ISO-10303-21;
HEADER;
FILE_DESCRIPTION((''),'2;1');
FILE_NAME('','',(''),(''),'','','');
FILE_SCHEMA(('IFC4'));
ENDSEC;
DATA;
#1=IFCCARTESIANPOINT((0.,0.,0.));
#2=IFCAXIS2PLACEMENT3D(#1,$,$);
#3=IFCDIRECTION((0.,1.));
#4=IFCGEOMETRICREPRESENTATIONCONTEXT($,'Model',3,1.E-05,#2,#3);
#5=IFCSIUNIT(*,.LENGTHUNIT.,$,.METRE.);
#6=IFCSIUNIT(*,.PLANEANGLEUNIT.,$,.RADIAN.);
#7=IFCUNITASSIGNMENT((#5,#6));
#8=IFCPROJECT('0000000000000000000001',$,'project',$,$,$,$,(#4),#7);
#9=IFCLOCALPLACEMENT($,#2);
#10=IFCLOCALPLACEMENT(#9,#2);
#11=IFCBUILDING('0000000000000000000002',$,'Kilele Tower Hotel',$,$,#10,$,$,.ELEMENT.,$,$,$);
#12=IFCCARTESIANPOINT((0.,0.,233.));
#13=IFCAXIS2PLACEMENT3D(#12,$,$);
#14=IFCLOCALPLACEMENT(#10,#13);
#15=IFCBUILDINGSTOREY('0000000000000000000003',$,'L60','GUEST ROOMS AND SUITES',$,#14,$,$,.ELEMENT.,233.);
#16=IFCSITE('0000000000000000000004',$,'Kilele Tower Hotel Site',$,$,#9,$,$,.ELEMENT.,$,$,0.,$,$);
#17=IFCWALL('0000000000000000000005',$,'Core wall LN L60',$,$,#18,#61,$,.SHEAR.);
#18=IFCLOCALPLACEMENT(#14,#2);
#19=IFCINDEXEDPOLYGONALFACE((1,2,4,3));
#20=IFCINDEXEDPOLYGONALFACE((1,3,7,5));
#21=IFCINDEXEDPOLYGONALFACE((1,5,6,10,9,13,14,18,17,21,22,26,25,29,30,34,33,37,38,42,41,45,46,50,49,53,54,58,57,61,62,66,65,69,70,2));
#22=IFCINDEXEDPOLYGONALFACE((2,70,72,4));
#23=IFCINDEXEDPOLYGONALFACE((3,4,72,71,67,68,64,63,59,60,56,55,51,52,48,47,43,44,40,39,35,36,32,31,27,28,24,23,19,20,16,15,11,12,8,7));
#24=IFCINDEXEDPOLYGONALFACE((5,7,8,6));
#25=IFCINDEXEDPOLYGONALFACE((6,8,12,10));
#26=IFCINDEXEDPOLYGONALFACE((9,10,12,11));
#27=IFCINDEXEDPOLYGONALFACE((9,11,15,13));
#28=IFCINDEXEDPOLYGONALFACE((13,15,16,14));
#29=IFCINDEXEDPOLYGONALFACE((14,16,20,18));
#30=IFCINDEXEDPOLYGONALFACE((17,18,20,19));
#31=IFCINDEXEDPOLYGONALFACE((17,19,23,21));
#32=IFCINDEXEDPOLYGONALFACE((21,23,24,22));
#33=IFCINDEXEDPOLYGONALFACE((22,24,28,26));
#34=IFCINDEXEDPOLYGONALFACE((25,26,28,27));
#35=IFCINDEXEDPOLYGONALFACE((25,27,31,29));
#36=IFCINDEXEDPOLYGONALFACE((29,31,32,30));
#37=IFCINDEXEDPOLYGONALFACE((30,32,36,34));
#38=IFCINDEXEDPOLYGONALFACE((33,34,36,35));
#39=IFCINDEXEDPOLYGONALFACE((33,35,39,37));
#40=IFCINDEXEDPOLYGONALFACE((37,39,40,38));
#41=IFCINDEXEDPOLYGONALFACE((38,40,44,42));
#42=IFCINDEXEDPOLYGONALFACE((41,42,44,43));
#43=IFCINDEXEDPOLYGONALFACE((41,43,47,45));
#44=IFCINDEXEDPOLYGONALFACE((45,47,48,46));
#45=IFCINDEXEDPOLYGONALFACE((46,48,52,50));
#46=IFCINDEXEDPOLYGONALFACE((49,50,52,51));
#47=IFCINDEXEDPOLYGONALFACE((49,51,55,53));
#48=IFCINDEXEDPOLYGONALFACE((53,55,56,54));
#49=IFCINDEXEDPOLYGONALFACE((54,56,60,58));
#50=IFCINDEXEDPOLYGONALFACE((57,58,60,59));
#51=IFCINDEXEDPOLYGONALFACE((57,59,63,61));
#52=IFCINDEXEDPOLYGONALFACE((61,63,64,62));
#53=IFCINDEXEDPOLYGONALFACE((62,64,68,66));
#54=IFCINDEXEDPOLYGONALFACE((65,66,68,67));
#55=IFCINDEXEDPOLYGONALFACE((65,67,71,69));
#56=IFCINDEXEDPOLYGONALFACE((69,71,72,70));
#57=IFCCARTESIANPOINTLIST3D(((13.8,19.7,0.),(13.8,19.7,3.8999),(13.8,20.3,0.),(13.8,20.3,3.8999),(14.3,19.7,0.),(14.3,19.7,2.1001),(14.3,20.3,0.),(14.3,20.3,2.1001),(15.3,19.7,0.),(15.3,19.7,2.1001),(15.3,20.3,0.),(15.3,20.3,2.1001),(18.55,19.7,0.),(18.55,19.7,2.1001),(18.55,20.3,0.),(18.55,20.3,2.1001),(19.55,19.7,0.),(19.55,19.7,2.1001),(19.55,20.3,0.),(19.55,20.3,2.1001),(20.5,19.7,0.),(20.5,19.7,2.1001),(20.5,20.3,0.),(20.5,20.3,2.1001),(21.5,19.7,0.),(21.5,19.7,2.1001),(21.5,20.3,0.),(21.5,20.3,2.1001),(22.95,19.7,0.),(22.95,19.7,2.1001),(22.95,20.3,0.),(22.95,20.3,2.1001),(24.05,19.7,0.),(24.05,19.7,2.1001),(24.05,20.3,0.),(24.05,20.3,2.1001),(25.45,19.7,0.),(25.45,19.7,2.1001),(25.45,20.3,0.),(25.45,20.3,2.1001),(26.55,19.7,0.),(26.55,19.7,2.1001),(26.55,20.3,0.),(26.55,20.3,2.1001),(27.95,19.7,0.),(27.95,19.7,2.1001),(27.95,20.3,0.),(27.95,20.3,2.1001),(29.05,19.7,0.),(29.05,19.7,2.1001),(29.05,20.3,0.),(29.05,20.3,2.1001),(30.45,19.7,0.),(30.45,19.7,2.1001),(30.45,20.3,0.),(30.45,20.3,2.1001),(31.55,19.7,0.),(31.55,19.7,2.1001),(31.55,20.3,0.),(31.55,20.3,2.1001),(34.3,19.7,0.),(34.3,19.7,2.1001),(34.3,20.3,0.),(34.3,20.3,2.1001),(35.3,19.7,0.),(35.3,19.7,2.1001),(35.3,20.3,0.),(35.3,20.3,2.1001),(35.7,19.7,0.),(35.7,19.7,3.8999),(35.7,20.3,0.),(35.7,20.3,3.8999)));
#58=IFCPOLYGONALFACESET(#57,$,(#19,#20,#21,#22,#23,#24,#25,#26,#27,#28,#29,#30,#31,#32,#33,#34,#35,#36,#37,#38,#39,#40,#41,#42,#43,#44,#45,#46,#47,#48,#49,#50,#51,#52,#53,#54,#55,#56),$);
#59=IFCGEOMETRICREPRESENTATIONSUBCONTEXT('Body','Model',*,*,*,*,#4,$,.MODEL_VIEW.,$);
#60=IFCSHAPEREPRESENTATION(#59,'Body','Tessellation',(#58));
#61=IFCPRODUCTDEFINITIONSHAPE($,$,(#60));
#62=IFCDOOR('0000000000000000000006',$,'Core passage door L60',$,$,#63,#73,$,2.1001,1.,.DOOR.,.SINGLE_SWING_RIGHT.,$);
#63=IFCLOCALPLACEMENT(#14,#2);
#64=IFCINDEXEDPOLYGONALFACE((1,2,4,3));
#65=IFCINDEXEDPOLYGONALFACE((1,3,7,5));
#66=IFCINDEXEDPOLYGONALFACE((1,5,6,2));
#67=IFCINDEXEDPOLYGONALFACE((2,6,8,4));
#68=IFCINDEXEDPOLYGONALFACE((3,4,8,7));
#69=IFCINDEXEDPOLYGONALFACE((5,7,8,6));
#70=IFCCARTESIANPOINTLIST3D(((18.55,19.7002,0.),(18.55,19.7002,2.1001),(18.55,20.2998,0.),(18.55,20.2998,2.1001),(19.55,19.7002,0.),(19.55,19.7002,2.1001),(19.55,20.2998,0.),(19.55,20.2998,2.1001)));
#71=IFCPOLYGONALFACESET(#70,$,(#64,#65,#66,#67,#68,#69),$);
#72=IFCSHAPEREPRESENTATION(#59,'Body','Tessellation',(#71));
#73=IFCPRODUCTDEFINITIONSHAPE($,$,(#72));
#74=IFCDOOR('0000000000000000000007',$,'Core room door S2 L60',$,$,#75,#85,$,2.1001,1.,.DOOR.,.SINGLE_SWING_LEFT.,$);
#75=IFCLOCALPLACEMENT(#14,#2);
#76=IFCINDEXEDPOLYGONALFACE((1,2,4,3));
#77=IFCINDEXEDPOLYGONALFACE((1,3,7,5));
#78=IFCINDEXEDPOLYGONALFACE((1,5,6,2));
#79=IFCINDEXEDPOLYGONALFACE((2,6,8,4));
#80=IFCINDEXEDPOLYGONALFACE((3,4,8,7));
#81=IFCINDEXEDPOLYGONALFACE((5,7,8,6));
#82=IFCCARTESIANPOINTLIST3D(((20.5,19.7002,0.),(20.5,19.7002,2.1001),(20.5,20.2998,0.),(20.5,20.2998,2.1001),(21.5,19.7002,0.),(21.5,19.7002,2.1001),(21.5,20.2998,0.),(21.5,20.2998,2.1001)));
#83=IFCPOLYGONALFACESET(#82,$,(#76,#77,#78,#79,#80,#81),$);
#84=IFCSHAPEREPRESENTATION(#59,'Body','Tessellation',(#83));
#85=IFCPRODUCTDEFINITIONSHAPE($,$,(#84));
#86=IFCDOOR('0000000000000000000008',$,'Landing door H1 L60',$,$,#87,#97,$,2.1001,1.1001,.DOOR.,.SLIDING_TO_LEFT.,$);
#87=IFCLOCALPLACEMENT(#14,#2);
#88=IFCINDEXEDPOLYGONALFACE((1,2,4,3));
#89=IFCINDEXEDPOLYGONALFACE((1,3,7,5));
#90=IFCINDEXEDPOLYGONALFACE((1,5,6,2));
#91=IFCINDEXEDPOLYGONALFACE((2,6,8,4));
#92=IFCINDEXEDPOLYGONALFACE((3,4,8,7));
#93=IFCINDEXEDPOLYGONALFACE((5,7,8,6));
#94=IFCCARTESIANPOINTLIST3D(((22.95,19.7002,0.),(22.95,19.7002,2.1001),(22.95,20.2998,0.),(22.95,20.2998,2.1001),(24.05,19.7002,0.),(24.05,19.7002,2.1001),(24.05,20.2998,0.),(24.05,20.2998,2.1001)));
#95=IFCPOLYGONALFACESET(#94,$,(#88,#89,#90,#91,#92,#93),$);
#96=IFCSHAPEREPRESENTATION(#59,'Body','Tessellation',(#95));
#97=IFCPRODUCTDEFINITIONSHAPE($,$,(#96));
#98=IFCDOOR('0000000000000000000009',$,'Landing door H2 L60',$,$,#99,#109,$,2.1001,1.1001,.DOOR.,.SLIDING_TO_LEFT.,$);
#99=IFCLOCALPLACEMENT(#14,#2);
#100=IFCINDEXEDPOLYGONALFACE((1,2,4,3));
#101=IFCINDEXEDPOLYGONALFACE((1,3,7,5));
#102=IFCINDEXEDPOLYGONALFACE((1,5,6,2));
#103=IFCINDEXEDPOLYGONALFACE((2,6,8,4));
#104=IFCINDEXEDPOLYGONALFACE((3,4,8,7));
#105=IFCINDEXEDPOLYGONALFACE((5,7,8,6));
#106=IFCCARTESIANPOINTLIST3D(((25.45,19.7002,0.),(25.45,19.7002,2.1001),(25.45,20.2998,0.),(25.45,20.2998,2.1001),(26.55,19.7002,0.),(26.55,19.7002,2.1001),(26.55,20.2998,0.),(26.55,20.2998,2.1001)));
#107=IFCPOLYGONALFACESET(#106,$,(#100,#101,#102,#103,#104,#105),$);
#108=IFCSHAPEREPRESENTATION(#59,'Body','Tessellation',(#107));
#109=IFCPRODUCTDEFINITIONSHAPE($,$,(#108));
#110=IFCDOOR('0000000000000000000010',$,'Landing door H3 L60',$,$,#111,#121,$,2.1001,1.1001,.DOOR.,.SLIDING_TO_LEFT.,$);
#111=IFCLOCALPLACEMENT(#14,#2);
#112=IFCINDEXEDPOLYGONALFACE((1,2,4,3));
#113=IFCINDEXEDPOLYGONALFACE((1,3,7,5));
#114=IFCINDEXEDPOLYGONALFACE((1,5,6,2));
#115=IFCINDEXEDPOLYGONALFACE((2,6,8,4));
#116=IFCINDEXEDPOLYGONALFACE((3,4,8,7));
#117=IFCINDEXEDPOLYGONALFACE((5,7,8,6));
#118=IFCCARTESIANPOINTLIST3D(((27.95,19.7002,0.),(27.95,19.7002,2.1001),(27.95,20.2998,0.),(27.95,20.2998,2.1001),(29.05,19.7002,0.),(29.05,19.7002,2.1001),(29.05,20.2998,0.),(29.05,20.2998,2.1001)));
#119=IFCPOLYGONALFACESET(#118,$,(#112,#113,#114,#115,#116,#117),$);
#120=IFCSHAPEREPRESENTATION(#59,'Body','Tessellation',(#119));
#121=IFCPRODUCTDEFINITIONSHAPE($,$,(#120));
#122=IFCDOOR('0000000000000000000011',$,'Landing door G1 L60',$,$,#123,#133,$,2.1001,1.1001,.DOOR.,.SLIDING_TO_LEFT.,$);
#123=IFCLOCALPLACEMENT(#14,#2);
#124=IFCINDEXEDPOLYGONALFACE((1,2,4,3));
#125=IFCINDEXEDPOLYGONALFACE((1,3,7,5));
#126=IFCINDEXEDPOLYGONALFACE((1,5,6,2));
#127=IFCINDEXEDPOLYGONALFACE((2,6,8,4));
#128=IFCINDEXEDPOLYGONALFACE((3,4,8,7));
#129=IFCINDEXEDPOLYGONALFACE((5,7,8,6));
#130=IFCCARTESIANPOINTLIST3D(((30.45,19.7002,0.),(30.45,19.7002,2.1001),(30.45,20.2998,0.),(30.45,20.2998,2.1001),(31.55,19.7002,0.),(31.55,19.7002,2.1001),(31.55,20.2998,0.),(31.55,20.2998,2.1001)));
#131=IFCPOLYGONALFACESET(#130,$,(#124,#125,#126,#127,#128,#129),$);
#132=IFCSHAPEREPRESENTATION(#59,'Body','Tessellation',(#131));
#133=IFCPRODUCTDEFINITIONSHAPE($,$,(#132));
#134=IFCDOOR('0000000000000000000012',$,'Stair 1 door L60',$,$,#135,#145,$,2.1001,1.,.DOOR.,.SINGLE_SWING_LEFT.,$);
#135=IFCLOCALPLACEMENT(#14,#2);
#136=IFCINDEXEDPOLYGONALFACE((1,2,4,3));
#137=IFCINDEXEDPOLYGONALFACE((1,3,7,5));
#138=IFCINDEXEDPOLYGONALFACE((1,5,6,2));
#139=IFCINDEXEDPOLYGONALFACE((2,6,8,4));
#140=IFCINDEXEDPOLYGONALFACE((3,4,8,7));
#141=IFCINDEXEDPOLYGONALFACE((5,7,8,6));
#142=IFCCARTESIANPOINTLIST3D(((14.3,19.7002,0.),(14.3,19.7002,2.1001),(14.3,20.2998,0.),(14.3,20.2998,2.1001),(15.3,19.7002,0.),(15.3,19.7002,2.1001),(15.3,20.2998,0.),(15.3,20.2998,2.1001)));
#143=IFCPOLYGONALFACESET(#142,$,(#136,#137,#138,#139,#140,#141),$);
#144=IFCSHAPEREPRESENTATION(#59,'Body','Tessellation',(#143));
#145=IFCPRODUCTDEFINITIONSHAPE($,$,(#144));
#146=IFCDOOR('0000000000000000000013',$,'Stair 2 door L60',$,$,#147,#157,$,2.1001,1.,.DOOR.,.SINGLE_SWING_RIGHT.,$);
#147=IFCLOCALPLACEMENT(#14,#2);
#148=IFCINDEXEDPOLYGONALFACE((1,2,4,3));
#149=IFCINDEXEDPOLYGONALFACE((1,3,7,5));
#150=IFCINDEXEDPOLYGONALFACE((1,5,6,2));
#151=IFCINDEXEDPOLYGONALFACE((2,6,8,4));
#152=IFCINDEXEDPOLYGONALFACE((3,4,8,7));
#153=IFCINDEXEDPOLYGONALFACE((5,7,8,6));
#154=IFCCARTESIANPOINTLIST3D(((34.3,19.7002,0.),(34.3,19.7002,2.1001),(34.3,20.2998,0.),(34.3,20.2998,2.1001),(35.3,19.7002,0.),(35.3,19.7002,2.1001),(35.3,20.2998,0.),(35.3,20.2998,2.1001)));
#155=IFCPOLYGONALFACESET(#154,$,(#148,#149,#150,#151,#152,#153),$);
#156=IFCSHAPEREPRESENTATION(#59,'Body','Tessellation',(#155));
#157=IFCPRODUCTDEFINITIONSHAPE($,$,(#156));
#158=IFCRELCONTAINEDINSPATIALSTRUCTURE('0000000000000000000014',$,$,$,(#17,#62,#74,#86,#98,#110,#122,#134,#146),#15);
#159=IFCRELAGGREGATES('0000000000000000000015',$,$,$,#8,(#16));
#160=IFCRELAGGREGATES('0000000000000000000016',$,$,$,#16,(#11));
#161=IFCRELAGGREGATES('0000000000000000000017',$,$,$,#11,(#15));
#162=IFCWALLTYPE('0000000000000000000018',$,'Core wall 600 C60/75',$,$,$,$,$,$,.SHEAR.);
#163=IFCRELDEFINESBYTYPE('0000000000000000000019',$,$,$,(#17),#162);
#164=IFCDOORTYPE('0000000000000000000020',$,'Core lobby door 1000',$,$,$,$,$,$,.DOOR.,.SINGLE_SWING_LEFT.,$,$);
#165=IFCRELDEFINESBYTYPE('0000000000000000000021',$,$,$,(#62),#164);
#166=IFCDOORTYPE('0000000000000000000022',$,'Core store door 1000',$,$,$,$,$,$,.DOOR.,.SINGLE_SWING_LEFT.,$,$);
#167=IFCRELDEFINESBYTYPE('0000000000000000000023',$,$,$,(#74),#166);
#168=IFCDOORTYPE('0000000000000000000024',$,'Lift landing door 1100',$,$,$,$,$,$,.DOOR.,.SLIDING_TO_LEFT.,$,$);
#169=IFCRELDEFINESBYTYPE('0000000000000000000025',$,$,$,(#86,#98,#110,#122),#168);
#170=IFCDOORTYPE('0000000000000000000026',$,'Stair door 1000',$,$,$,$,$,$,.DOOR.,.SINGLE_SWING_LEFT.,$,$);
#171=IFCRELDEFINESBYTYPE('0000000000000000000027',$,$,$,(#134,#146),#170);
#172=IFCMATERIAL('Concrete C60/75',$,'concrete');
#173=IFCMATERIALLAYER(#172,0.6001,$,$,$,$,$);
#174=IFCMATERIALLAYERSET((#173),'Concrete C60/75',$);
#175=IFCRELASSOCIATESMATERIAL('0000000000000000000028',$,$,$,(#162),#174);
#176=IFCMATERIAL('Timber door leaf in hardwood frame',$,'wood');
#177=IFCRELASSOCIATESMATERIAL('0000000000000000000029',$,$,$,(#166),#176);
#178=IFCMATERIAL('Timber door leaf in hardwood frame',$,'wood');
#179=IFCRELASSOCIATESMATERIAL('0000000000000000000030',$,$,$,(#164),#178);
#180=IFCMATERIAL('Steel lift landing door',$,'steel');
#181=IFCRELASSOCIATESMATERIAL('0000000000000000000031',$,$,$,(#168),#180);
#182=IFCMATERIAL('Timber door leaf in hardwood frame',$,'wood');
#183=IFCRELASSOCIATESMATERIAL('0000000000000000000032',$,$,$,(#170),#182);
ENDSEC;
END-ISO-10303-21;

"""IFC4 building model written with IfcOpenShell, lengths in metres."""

from ifc_helpers import new_model, si_unit, direction, frame, frame_2d, origin, place, context, subcontext, project, spatial, rectangle, extrude, material, layer, layer_set, type_object, element, fill, save


model = new_model("IFC4")

# Units and contexts
model_context = context("Model", 3, precision=1e-05, world=origin(), true_north=direction((0.0, 1.0)))
body_context = subcontext(model_context, "Body", "Model", "MODEL_VIEW")
ifc_project = project(units=[si_unit("LENGTHUNIT", "METRE"), si_unit("PLANEANGLEUNIT", "RADIAN")], contexts=[model_context])

# Site, building, storey
site_placement = place(None, origin())
site = spatial("IfcSite", under=ifc_project, at=site_placement, Name="Kilele Tower Hotel Site", CompositionType="ELEMENT", RefElevation=0.0)
building_placement = place(site_placement, origin())
building = spatial("IfcBuilding", under=site, at=building_placement, Name="Kilele Tower Hotel", CompositionType="ELEMENT")
storey_placement = place(building_placement, frame((0.0, 0.0, 233.0)))
storey = spatial("IfcBuildingStorey", under=building, at=storey_placement, Name="L60", Description="GUEST ROOMS AND SUITES", CompositionType="ELEMENT", Elevation=233.0)

# Shared definitions
ifc_material_1 = material(Name="Concrete C60/75", Category="concrete")
ifc_layer_1 = layer(ifc_material_1, 0.6001)
ifc_layer_set_1 = layer_set([ifc_layer_1], Name="Concrete C60/75")
wall_type_1 = type_object("IfcWallType", Name="Core wall 600 C60/75", PredefinedType="SHEAR", material=ifc_layer_set_1)

# Wall, openings, doors
ifc_material_2 = material(Name="Timber door leaf in hardwood frame", Category="wood")
door_type_1 = type_object("IfcDoorType", Name="Core store door 1000", OperationType="SINGLE_SWING_LEFT", PredefinedType="DOOR", material=ifc_material_2)
wall_1_placement = place(storey_placement, frame((13.8, 20.0, 0.0), z_axis=(0.0, 0.0, 1.0), x_axis=(1.0, 0.0, 0.0)))
wall_1 = element("IfcWall", 1, at=wall_1_placement, inside=storey, type_object=wall_type_1, Name="Core wall LN L60", PredefinedType="SHEAR", context=body_context, shape_type="SweptSolid", body=[
    extrude(rectangle(XDim=21.8999, YDim=0.6001, at=frame_2d((10.95, 0.0))), origin(), (0.0, 0.0, 1.0), 3.8999),
])
opening_1_placement = place(wall_1_placement, frame((0.5, 0.0, 0.0)))
opening_1 = element("IfcOpeningElement", 2, at=opening_1_placement, cuts=wall_1, PredefinedType="OPENING", context=body_context, shape_type="SweptSolid", body=[
    extrude(rectangle(XDim=1.0, YDim=2.1001, at=frame_2d((0.5, 1.05))), frame((0.0, 0.3101, 0.0), z_axis=(0.0, -1.0, 0.0), x_axis=(1.0, 0.0, 0.0)), (0.0, 0.0, 1.0), 0.6201),
])
opening_2_placement = place(wall_1_placement, frame((20.5, 0.0, 0.0)))
opening_2 = element("IfcOpeningElement", 3, at=opening_2_placement, cuts=wall_1, PredefinedType="OPENING", context=body_context, shape_type="SweptSolid", body=[
    extrude(rectangle(XDim=1.0, YDim=2.1001, at=frame_2d((0.5, 1.05))), frame((0.0, 0.3101, 0.0), z_axis=(0.0, -1.0, 0.0), x_axis=(1.0, 0.0, 0.0)), (0.0, 0.0, 1.0), 0.6201),
])
opening_3_placement = place(wall_1_placement, frame((9.1499, 0.0, 0.0)))
opening_3 = element("IfcOpeningElement", 4, at=opening_3_placement, cuts=wall_1, PredefinedType="OPENING", context=body_context, shape_type="SweptSolid", body=[
    extrude(rectangle(XDim=1.1001, YDim=2.1001, at=frame_2d((0.55, 1.05))), frame((0.0, 0.3101, 0.0), z_axis=(0.0, -1.0, 0.0), x_axis=(1.0, 0.0, 0.0)), (0.0, 0.0, 1.0), 0.6201),
])
opening_4_placement = place(wall_1_placement, frame((11.6499, 0.0, 0.0)))
opening_4 = element("IfcOpeningElement", 5, at=opening_4_placement, cuts=wall_1, PredefinedType="OPENING", context=body_context, shape_type="SweptSolid", body=[
    extrude(rectangle(XDim=1.1001, YDim=2.1001, at=frame_2d((0.55, 1.05))), frame((0.0, 0.3101, 0.0), z_axis=(0.0, -1.0, 0.0), x_axis=(1.0, 0.0, 0.0)), (0.0, 0.0, 1.0), 0.6201),
])
opening_5_placement = place(wall_1_placement, frame((14.1499, 0.0, 0.0)))
opening_5 = element("IfcOpeningElement", 6, at=opening_5_placement, cuts=wall_1, PredefinedType="OPENING", context=body_context, shape_type="SweptSolid", body=[
    extrude(rectangle(XDim=1.1001, YDim=2.1001, at=frame_2d((0.55, 1.05))), frame((0.0, 0.3101, 0.0), z_axis=(0.0, -1.0, 0.0), x_axis=(1.0, 0.0, 0.0)), (0.0, 0.0, 1.0), 0.6201),
])
opening_6_placement = place(wall_1_placement, frame((16.6499, 0.0, 0.0)))
opening_6 = element("IfcOpeningElement", 7, at=opening_6_placement, cuts=wall_1, PredefinedType="OPENING", context=body_context, shape_type="SweptSolid", body=[
    extrude(rectangle(XDim=1.1001, YDim=2.1001, at=frame_2d((0.55, 1.05))), frame((0.0, 0.3101, 0.0), z_axis=(0.0, -1.0, 0.0), x_axis=(1.0, 0.0, 0.0)), (0.0, 0.0, 1.0), 0.6201),
])
opening_7_placement = place(wall_1_placement, frame((5.75, 0.0, 0.0), z_axis=(0.0, 0.0, 1.0), x_axis=(-1.0, 0.0, 0.0)))
opening_7 = element("IfcOpeningElement", 8, at=opening_7_placement, cuts=wall_1, PredefinedType="OPENING", context=body_context, shape_type="SweptSolid", body=[
    extrude(rectangle(XDim=1.0, YDim=2.1001, at=frame_2d((0.5, 1.05))), frame((0.0, 0.3101, 0.0), z_axis=(0.0, -1.0, 0.0), x_axis=(1.0, 0.0, 0.0)), (0.0, 0.0, 1.0), 0.6201),
])
opening_8_placement = place(wall_1_placement, frame((6.7, 0.0, 0.0)))
opening_8 = element("IfcOpeningElement", 9, at=opening_8_placement, cuts=wall_1, PredefinedType="OPENING", context=body_context, shape_type="SweptSolid", body=[
    extrude(rectangle(XDim=1.0, YDim=2.1001, at=frame_2d((0.5, 1.05))), frame((0.0, 0.3101, 0.0), z_axis=(0.0, -1.0, 0.0), x_axis=(1.0, 0.0, 0.0)), (0.0, 0.0, 1.0), 0.6201),
])
ifc_material_3 = material(Name="Timber door leaf in hardwood frame", Category="wood")
door_type_2 = type_object("IfcDoorType", Name="Core lobby door 1000", OperationType="SINGLE_SWING_LEFT", PredefinedType="DOOR", material=ifc_material_3)
door_1_placement = place(opening_7_placement, origin())
door_1 = element("IfcDoor", 10, at=door_1_placement, inside=storey, type_object=door_type_2, Name="Core passage door L60", OperationType="SINGLE_SWING_RIGHT", OverallHeight=2.1001, OverallWidth=1.0, PredefinedType="DOOR", context=body_context, shape_type="SweptSolid", body=[
    extrude(rectangle(XDim=1.0, YDim=2.1001, at=frame_2d((0.5, 1.05))), frame((0.0, 0.2998, 0.0), z_axis=(0.0, -1.0, 0.0), x_axis=(1.0, 0.0, 0.0)), (0.0, 0.0, 1.0), 0.5996),
])
fill(opening_7, door_1)
door_2_placement = place(opening_8_placement, origin())
door_2 = element("IfcDoor", 11, at=door_2_placement, inside=storey, type_object=door_type_1, Name="Core room door S2 L60", OperationType="SINGLE_SWING_LEFT", OverallHeight=2.1001, OverallWidth=1.0, PredefinedType="DOOR", context=body_context, shape_type="SweptSolid", body=[
    extrude(rectangle(XDim=1.0, YDim=2.1001, at=frame_2d((0.5, 1.05))), frame((0.0, 0.2998, 0.0), z_axis=(0.0, -1.0, 0.0), x_axis=(1.0, 0.0, 0.0)), (0.0, 0.0, 1.0), 0.5996),
])
fill(opening_8, door_2)
ifc_material_4 = material(Name="Steel lift landing door", Category="steel")
door_type_3 = type_object("IfcDoorType", Name="Lift landing door 1100", OperationType="SLIDING_TO_LEFT", PredefinedType="DOOR", material=ifc_material_4)
door_3_placement = place(opening_3_placement, origin())
door_3 = element("IfcDoor", 12, at=door_3_placement, inside=storey, type_object=door_type_3, Name="Landing door H1 L60", OperationType="SLIDING_TO_LEFT", OverallHeight=2.1001, OverallWidth=1.1001, PredefinedType="DOOR", context=body_context, shape_type="SweptSolid", body=[
    extrude(rectangle(XDim=1.1001, YDim=2.1001, at=frame_2d((0.55, 1.05))), frame((0.0, 0.2998, 0.0), z_axis=(0.0, -1.0, 0.0), x_axis=(1.0, 0.0, 0.0)), (0.0, 0.0, 1.0), 0.5996),
])
fill(opening_3, door_3)
door_4_placement = place(opening_4_placement, origin())
door_4 = element("IfcDoor", 13, at=door_4_placement, inside=storey, type_object=door_type_3, Name="Landing door H2 L60", OperationType="SLIDING_TO_LEFT", OverallHeight=2.1001, OverallWidth=1.1001, PredefinedType="DOOR", context=body_context, shape_type="SweptSolid", body=[
    extrude(rectangle(XDim=1.1001, YDim=2.1001, at=frame_2d((0.55, 1.05))), frame((0.0, 0.2998, 0.0), z_axis=(0.0, -1.0, 0.0), x_axis=(1.0, 0.0, 0.0)), (0.0, 0.0, 1.0), 0.5996),
])
fill(opening_4, door_4)
door_5_placement = place(opening_5_placement, origin())
door_5 = element("IfcDoor", 14, at=door_5_placement, inside=storey, type_object=door_type_3, Name="Landing door H3 L60", OperationType="SLIDING_TO_LEFT", OverallHeight=2.1001, OverallWidth=1.1001, PredefinedType="DOOR", context=body_context, shape_type="SweptSolid", body=[
    extrude(rectangle(XDim=1.1001, YDim=2.1001, at=frame_2d((0.55, 1.05))), frame((0.0, 0.2998, 0.0), z_axis=(0.0, -1.0, 0.0), x_axis=(1.0, 0.0, 0.0)), (0.0, 0.0, 1.0), 0.5996),
])
fill(opening_5, door_5)
door_6_placement = place(opening_6_placement, origin())
door_6 = element("IfcDoor", 15, at=door_6_placement, inside=storey, type_object=door_type_3, Name="Landing door G1 L60", OperationType="SLIDING_TO_LEFT", OverallHeight=2.1001, OverallWidth=1.1001, PredefinedType="DOOR", context=body_context, shape_type="SweptSolid", body=[
    extrude(rectangle(XDim=1.1001, YDim=2.1001, at=frame_2d((0.55, 1.05))), frame((0.0, 0.2998, 0.0), z_axis=(0.0, -1.0, 0.0), x_axis=(1.0, 0.0, 0.0)), (0.0, 0.0, 1.0), 0.5996),
])
fill(opening_6, door_6)
ifc_material_5 = material(Name="Timber door leaf in hardwood frame", Category="wood")
door_type_4 = type_object("IfcDoorType", Name="Stair door 1000", OperationType="SINGLE_SWING_LEFT", PredefinedType="DOOR", material=ifc_material_5)
door_7_placement = place(opening_1_placement, origin())
door_7 = element("IfcDoor", 16, at=door_7_placement, inside=storey, type_object=door_type_4, Name="Stair 1 door L60", OperationType="SINGLE_SWING_LEFT", OverallHeight=2.1001, OverallWidth=1.0, PredefinedType="DOOR", context=body_context, shape_type="SweptSolid", body=[
    extrude(rectangle(XDim=1.0, YDim=2.1001, at=frame_2d((0.5, 1.05))), frame((0.0, 0.2998, 0.0), z_axis=(0.0, -1.0, 0.0), x_axis=(1.0, 0.0, 0.0)), (0.0, 0.0, 1.0), 0.5996),
])
fill(opening_1, door_7)
door_8_placement = place(opening_2_placement, origin())
door_8 = element("IfcDoor", 17, at=door_8_placement, inside=storey, type_object=door_type_4, Name="Stair 2 door L60", OperationType="SINGLE_SWING_RIGHT", OverallHeight=2.1001, OverallWidth=1.0, PredefinedType="DOOR", context=body_context, shape_type="SweptSolid", body=[
    extrude(rectangle(XDim=1.0, YDim=2.1001, at=frame_2d((0.5, 1.05))), frame((0.0, 0.2998, 0.0), z_axis=(0.0, -1.0, 0.0), x_axis=(1.0, 0.0, 0.0)), (0.0, 0.0, 1.0), 0.5996),
])
fill(opening_2, door_8)

save(model, "model.ifc")
